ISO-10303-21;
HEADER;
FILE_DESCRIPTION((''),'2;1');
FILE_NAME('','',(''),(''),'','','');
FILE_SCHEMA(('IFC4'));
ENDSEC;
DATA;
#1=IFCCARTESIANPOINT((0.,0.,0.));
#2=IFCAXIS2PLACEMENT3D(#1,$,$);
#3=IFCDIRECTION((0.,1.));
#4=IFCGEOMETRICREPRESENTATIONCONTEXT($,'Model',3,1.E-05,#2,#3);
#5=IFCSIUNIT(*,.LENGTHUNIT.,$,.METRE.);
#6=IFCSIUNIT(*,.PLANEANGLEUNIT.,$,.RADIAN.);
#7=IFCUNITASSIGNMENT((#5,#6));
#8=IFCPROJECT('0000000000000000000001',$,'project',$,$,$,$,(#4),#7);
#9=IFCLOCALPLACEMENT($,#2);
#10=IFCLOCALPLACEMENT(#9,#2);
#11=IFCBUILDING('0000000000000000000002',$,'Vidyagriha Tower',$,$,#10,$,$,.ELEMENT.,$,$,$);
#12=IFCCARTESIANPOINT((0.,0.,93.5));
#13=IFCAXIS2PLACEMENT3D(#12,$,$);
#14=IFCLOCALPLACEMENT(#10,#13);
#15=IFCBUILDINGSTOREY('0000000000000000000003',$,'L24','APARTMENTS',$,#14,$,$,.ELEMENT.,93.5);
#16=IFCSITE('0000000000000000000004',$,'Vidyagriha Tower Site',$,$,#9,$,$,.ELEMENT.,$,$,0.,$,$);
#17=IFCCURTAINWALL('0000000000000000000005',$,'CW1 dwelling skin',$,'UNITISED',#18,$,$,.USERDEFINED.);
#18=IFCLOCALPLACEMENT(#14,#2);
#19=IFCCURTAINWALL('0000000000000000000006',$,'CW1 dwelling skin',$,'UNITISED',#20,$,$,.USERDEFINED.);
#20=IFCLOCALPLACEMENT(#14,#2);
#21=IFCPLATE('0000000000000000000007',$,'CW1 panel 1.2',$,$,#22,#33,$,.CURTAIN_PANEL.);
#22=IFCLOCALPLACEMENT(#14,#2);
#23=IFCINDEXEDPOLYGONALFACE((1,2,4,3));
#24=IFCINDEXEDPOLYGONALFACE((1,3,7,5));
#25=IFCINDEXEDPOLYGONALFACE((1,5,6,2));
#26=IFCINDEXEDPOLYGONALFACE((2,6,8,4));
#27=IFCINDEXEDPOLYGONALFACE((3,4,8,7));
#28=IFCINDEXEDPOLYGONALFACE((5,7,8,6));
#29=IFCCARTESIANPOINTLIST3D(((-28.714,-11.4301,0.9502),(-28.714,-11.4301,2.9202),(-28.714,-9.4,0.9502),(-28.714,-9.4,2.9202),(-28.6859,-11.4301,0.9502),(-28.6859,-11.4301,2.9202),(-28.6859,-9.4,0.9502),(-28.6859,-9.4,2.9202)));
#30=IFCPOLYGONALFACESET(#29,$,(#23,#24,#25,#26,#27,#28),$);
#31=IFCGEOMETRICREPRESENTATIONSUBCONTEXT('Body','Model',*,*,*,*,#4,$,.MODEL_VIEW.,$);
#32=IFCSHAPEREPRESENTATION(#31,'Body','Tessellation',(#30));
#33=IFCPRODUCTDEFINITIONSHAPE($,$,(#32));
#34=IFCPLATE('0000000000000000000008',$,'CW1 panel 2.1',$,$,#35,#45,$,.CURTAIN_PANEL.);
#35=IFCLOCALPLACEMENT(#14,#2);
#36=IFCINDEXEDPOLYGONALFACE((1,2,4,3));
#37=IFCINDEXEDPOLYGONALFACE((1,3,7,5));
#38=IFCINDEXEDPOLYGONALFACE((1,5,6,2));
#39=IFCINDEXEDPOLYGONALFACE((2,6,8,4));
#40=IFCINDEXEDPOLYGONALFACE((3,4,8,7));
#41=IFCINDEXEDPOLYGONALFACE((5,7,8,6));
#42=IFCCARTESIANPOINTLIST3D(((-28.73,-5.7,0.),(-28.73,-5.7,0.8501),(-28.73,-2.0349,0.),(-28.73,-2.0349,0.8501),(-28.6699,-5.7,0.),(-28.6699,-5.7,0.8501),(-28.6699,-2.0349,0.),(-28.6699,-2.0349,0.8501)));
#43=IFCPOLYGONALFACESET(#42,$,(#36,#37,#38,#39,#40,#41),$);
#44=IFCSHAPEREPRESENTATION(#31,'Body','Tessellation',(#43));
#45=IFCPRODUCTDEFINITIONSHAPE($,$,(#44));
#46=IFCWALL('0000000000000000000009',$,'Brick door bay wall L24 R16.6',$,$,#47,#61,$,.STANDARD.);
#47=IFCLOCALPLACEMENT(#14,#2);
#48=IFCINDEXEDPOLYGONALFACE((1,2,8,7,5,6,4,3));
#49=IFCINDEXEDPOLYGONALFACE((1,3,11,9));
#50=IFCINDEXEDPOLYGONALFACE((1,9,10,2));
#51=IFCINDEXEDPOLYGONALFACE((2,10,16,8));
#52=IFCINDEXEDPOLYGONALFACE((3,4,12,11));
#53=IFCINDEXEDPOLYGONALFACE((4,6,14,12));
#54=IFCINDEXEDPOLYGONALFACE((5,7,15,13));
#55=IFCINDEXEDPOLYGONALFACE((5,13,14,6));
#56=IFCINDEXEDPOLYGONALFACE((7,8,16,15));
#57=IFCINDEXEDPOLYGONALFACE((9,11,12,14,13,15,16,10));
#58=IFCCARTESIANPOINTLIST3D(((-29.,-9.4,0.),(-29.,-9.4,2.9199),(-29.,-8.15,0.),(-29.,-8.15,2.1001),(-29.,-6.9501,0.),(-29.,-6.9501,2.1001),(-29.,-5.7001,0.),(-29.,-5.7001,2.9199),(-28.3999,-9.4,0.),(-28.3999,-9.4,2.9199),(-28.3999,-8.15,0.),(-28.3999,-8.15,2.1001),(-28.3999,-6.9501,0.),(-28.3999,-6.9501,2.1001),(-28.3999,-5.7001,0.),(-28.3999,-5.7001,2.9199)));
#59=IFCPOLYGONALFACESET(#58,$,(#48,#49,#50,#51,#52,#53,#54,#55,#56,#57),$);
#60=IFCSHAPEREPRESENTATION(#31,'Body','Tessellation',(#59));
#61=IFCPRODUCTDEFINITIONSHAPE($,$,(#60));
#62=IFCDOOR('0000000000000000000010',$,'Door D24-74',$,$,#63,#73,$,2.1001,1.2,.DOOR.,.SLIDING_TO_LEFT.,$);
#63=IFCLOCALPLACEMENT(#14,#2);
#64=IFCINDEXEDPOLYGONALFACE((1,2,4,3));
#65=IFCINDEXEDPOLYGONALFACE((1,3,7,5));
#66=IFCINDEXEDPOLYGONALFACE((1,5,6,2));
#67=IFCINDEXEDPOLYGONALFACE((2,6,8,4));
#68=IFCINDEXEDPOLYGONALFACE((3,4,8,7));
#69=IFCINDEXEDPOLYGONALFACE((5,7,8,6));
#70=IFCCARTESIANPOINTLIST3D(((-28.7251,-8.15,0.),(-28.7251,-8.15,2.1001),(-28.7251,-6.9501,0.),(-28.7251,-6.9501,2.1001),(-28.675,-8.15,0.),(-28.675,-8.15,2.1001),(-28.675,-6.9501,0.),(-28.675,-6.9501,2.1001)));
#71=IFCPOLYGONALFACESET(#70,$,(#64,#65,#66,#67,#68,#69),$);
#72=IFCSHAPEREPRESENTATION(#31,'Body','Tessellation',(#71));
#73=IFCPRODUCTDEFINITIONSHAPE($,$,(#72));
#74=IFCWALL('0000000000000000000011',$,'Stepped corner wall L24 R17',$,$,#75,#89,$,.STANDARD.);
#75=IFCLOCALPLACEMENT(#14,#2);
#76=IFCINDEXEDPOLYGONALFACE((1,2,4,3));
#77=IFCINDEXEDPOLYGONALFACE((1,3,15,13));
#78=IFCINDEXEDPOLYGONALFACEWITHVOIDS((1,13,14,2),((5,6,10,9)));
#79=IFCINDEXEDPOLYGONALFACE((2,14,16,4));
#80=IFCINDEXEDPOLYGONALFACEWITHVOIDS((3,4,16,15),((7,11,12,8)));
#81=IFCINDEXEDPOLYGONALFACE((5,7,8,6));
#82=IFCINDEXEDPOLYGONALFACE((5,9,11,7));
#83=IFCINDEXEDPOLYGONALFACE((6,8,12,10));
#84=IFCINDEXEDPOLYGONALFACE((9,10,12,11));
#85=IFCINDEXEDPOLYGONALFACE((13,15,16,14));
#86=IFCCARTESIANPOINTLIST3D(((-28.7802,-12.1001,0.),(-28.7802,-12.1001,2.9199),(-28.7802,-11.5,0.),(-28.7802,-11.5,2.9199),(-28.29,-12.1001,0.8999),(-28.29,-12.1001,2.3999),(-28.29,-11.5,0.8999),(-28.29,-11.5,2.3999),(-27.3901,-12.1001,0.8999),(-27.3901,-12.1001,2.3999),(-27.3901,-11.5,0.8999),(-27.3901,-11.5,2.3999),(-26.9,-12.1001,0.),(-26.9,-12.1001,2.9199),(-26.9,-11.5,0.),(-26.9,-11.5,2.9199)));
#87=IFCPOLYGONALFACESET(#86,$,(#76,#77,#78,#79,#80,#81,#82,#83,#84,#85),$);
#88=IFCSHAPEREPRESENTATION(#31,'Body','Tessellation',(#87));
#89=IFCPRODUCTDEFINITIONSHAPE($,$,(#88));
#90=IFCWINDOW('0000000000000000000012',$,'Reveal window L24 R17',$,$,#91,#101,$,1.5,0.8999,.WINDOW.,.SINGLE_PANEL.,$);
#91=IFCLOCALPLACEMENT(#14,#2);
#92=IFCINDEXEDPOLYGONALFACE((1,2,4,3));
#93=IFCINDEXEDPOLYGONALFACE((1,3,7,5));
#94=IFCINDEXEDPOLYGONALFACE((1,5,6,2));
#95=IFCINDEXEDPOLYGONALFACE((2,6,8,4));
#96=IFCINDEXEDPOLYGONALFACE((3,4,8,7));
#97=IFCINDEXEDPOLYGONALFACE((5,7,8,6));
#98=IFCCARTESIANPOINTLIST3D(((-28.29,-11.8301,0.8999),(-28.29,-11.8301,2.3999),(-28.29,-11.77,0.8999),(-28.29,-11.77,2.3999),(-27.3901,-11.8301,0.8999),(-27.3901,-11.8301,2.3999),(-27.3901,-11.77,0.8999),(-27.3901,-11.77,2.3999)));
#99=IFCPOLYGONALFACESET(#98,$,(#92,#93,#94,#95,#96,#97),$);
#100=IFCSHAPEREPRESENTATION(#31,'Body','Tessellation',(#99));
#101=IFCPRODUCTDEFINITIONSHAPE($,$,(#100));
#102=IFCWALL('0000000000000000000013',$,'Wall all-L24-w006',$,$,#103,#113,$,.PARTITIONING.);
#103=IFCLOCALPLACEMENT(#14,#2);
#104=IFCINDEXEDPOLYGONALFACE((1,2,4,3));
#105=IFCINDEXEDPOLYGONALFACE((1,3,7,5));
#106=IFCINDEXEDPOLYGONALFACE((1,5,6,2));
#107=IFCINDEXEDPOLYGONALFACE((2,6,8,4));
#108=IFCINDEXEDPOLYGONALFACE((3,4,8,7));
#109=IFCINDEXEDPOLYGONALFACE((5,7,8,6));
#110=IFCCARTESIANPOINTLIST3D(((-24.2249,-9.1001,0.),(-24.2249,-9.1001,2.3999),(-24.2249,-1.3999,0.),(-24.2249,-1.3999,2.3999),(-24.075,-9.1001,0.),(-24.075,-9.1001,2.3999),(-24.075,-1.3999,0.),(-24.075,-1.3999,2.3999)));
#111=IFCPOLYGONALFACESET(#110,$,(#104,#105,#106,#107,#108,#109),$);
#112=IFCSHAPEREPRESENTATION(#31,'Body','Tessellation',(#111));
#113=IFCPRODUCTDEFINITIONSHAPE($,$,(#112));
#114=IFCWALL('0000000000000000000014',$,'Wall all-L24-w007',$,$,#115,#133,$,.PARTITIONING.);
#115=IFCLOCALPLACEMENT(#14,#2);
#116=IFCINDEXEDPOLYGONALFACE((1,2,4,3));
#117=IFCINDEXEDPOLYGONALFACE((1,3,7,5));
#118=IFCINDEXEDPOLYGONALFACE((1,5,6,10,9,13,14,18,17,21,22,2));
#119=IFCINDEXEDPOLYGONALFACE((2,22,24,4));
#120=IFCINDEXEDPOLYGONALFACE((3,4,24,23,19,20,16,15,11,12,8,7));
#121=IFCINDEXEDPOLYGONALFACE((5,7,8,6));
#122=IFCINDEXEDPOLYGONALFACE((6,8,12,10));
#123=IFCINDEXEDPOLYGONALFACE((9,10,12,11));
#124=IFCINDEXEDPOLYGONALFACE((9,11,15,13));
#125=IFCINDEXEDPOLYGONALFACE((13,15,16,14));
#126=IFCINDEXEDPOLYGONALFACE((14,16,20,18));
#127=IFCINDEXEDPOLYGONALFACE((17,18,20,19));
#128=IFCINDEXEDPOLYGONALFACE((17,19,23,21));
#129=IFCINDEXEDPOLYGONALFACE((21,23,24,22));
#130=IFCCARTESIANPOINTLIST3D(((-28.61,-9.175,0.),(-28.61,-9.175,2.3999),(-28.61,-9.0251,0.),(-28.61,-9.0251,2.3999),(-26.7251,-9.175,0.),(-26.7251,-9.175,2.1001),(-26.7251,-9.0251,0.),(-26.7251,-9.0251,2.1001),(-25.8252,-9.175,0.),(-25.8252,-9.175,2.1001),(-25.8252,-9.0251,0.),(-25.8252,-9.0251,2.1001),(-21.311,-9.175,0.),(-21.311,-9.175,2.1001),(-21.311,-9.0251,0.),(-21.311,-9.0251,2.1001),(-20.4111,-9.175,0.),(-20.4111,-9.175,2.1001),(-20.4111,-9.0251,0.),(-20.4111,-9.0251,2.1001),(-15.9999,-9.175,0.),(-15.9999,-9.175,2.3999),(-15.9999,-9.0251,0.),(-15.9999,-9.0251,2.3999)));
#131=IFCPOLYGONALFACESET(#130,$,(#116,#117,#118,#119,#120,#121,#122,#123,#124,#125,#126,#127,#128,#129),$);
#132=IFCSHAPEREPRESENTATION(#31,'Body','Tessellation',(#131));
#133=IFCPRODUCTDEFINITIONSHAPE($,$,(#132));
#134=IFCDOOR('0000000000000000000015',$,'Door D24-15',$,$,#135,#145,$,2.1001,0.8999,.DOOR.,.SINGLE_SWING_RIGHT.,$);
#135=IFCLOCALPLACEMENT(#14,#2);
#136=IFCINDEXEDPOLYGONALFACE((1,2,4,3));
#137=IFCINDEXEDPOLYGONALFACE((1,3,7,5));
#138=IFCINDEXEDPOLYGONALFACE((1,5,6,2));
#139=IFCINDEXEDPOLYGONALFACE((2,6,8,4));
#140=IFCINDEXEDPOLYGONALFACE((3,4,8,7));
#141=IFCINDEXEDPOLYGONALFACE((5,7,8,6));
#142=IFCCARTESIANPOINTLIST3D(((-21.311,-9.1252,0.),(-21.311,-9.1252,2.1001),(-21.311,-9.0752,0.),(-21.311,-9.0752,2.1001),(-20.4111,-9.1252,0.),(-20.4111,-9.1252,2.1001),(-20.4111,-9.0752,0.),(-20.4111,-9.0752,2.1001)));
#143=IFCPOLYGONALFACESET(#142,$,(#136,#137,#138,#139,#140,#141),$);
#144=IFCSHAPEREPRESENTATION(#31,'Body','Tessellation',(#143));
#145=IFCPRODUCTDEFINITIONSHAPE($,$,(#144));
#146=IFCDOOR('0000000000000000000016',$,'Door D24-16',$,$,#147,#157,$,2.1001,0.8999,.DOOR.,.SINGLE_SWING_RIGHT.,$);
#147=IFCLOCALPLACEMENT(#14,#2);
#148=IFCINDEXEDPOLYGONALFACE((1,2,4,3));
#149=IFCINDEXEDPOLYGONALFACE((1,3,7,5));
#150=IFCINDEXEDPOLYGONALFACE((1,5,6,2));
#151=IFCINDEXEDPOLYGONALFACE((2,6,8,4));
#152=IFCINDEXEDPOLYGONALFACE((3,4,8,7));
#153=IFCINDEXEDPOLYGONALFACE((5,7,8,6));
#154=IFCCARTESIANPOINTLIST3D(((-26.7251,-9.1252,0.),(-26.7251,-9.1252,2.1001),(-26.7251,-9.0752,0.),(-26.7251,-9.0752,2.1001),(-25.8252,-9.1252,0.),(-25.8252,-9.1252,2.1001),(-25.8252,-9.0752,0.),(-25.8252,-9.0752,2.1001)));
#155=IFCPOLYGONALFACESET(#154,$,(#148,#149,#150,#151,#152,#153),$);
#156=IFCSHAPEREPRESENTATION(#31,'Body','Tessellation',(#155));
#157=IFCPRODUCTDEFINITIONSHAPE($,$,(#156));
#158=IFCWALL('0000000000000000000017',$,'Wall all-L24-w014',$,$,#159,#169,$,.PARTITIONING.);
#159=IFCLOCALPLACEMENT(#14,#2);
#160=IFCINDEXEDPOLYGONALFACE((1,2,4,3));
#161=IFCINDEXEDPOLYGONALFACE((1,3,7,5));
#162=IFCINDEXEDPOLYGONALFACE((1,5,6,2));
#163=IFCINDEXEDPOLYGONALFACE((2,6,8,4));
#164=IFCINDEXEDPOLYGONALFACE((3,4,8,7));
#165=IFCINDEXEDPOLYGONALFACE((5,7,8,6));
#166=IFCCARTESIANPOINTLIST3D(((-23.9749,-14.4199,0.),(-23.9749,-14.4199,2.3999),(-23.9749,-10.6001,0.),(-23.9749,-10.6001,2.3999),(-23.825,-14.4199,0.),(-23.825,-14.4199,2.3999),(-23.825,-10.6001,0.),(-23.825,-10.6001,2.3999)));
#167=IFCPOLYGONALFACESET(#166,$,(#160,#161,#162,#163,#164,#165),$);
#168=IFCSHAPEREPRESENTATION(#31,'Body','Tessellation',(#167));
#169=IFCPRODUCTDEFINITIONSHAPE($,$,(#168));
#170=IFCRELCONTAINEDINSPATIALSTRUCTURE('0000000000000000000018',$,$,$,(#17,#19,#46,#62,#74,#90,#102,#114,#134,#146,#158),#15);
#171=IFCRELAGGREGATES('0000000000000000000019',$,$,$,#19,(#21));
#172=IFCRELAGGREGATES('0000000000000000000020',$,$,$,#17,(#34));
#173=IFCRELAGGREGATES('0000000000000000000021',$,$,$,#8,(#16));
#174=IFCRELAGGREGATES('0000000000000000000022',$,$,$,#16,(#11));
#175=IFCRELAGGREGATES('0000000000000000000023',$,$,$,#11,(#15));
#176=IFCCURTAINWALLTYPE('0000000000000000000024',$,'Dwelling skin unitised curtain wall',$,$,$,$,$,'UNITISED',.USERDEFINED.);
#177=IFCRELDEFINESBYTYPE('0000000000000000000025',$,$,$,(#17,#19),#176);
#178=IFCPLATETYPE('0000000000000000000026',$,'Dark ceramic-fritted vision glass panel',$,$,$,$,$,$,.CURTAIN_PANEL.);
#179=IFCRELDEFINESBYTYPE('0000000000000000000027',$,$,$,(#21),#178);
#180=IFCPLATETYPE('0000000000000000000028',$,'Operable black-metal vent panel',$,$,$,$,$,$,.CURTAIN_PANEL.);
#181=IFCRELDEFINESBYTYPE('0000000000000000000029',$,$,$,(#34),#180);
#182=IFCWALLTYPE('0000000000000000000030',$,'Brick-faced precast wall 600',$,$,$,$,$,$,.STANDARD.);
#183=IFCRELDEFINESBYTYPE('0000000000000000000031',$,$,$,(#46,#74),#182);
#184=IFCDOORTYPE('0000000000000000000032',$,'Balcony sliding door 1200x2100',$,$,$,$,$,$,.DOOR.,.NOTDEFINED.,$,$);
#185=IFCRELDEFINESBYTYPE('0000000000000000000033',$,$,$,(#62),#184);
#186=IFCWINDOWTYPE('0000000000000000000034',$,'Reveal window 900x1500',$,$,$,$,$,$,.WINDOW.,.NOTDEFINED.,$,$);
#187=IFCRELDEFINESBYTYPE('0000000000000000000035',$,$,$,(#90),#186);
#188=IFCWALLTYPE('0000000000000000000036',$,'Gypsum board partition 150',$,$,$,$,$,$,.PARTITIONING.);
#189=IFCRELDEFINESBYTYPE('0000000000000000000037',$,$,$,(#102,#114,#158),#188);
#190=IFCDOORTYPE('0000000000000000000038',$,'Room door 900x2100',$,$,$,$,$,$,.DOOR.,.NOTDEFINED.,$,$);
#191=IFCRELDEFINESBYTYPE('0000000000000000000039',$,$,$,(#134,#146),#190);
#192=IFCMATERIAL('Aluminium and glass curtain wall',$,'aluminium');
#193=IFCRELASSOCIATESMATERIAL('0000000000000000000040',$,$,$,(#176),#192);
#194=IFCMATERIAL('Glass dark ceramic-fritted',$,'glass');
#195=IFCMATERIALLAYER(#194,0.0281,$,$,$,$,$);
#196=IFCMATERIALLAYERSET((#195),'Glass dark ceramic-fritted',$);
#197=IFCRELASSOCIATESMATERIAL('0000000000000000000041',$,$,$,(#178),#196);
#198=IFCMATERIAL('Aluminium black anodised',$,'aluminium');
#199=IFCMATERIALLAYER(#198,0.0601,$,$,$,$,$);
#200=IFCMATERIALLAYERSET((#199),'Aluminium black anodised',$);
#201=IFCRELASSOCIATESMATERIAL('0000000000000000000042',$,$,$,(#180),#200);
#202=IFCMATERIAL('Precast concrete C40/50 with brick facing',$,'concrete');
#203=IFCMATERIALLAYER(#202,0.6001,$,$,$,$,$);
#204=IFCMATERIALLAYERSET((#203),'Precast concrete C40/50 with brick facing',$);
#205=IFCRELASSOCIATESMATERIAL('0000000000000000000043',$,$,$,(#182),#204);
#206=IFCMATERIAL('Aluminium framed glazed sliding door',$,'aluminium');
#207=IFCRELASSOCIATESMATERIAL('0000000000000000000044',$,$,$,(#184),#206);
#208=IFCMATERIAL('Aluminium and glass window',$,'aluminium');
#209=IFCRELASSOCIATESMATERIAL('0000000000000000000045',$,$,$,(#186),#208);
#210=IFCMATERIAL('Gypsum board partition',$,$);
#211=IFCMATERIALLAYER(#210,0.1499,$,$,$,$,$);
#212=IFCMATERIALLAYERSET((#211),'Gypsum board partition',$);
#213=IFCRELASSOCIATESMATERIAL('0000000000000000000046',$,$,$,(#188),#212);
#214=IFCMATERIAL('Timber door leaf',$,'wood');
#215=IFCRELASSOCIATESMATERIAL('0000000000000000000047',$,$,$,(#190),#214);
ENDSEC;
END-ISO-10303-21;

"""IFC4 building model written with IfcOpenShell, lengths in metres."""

from ifc_helpers import new_model, si_unit, direction, frame, frame_2d, origin, origin_2d, place, context, subcontext, project, spatial, rectangle, extrude, material, layer, layer_set, type_object, element, fill, aggregate, save


model = new_model("IFC4")

# Units and contexts
model_context = context("Model", 3, precision=1e-05, world=origin(), true_north=direction((0.0, 1.0)))
body_context = subcontext(model_context, "Body", "Model", "MODEL_VIEW")
ifc_project = project(units=[si_unit("LENGTHUNIT", "METRE"), si_unit("PLANEANGLEUNIT", "RADIAN")], contexts=[model_context])

# Site, building, storey
site_placement = place(None, origin())
site = spatial("IfcSite", under=ifc_project, at=site_placement, Name="Vidyagriha Tower Site", CompositionType="ELEMENT", RefElevation=0.0)
building_placement = place(site_placement, origin())
building = spatial("IfcBuilding", under=site, at=building_placement, Name="Vidyagriha Tower", CompositionType="ELEMENT")
storey_placement = place(building_placement, frame((0.0, 0.0, 93.5)))
storey = spatial("IfcBuildingStorey", under=building, at=storey_placement, Name="L24", Description="APARTMENTS", CompositionType="ELEMENT", Elevation=93.5)

# Curtain walls
ifc_material_1 = material(Name="Aluminium and glass curtain wall", Category="aluminium")
curtain_wall_type = type_object("IfcCurtainWallType", Name="Dwelling skin unitised curtain wall", ElementType="UNITISED", PredefinedType="USERDEFINED", material=ifc_material_1)
curtain_wall_1_placement = place(storey_placement, origin())
curtain_wall_1 = element("IfcCurtainWall", 1, at=curtain_wall_1_placement, inside=storey, type_object=curtain_wall_type, Name="CW1 dwelling skin", ObjectType="UNITISED", PredefinedType="USERDEFINED")
curtain_wall_2_placement = place(storey_placement, origin())
curtain_wall_2 = element("IfcCurtainWall", 2, at=curtain_wall_2_placement, inside=storey, type_object=curtain_wall_type, Name="CW1 dwelling skin", ObjectType="UNITISED", PredefinedType="USERDEFINED")

# Plates
ifc_material_2 = material(Name="Glass dark ceramic-fritted", Category="glass")
ifc_layer_1 = layer(ifc_material_2, 0.0281)
ifc_layer_set_1 = layer_set([ifc_layer_1], Name="Glass dark ceramic-fritted")
plate_type_1 = type_object("IfcPlateType", Name="Dark ceramic-fritted vision glass panel", PredefinedType="CURTAIN_PANEL", material=ifc_layer_set_1)
plate_1_placement = place(storey_placement, frame((-28.7, -10.415, 0.9502), z_axis=(0.0, 0.0, 1.0), x_axis=(0.0, -1.0, 0.0)))
plate_1 = element("IfcPlate", 3, at=plate_1_placement, type_object=plate_type_1, Name="CW1 panel 1.2", PredefinedType="CURTAIN_PANEL", context=body_context, shape_type="SweptSolid", body=[
    extrude(rectangle(XDim=2.03, YDim=0.0281, at=origin_2d()), origin(), (0.0, 0.0, 1.0), 1.97),
])
aggregate(curtain_wall_2, [plate_1])
ifc_material_3 = material(Name="Aluminium black anodised", Category="aluminium")
ifc_layer_2 = layer(ifc_material_3, 0.0601)
ifc_layer_set_2 = layer_set([ifc_layer_2], Name="Aluminium black anodised")
plate_type_2 = type_object("IfcPlateType", Name="Operable black-metal vent panel", PredefinedType="CURTAIN_PANEL", material=ifc_layer_set_2)
plate_2_placement = place(storey_placement, frame((-28.7, -3.8674, 0.0), z_axis=(0.0, 0.0, 1.0), x_axis=(0.0, -1.0, 0.0)))
plate_2 = element("IfcPlate", 4, at=plate_2_placement, type_object=plate_type_2, Name="CW1 panel 2.1", PredefinedType="CURTAIN_PANEL", context=body_context, shape_type="SweptSolid", body=[
    extrude(rectangle(XDim=3.665, YDim=0.0601, at=origin_2d()), origin(), (0.0, 0.0, 1.0), 0.8501),
])
aggregate(curtain_wall_1, [plate_2])

# Wall, opening, door
ifc_material_4 = material(Name="Precast concrete C40/50 with brick facing", Category="concrete")
ifc_layer_3 = layer(ifc_material_4, 0.6001)
ifc_layer_set_3 = layer_set([ifc_layer_3], Name="Precast concrete C40/50 with brick facing")
wall_type_1 = type_object("IfcWallType", Name="Brick-faced precast wall 600", PredefinedType="STANDARD", material=ifc_layer_set_3)
wall_1_placement = place(storey_placement, frame((-28.7, -5.7, 0.0), z_axis=(0.0, 0.0, 1.0), x_axis=(0.0, -1.0, 0.0)))
wall_1 = element("IfcWall", 5, at=wall_1_placement, inside=storey, type_object=wall_type_1, Name="Brick door bay wall L24 R16.6", PredefinedType="STANDARD", context=body_context, shape_type="SweptSolid", body=[
    extrude(rectangle(XDim=3.7, YDim=0.6001, at=frame_2d((1.8501, 0.0))), origin(), (0.0, 0.0, 1.0), 2.9199),
])
opening_1_placement = place(wall_1_placement, frame((1.25, 0.0, 0.0)))
opening_1 = element("IfcOpeningElement", 6, at=opening_1_placement, cuts=wall_1, PredefinedType="OPENING", context=body_context, shape_type="SweptSolid", body=[
    extrude(rectangle(XDim=1.2, YDim=2.1001, at=frame_2d((0.6001, 1.05))), frame((0.0, 0.3101, 0.0), z_axis=(0.0, -1.0, 0.0), x_axis=(1.0, 0.0, 0.0)), (0.0, 0.0, 1.0), 0.6201),
])
ifc_material_5 = material(Name="Aluminium framed glazed sliding door", Category="aluminium")
door_type_1 = type_object("IfcDoorType", Name="Balcony sliding door 1200x2100", OperationType="NOTDEFINED", PredefinedType="DOOR", material=ifc_material_5)
door_1_placement = place(opening_1_placement, origin())
door_1 = element("IfcDoor", 7, at=door_1_placement, inside=storey, type_object=door_type_1, Name="Door D24-74", OperationType="SLIDING_TO_LEFT", OverallHeight=2.1001, OverallWidth=1.2, PredefinedType="DOOR", context=body_context, shape_type="SweptSolid", body=[
    extrude(rectangle(XDim=1.2, YDim=2.1001, at=frame_2d((0.6001, 1.05))), frame((0.0, 0.0249, 0.0), z_axis=(0.0, -1.0, 0.0), x_axis=(1.0, 0.0, 0.0)), (0.0, 0.0, 1.0), 0.05),
])
fill(opening_1, door_1)

# Wall, opening, window
wall_2_placement = place(storey_placement, frame((-28.78, -11.8, 0.0)))
wall_2 = element("IfcWall", 8, at=wall_2_placement, inside=storey, type_object=wall_type_1, Name="Stepped corner wall L24 R17", PredefinedType="STANDARD", context=body_context, shape_type="SweptSolid", body=[
    extrude(rectangle(XDim=1.8801, YDim=0.6001, at=frame_2d((0.9399, 0.0))), origin(), (0.0, 0.0, 1.0), 2.9199),
])
opening_2_placement = place(wall_2_placement, frame((0.49, 0.0, 0.8999)))
opening_2 = element("IfcOpeningElement", 9, at=opening_2_placement, cuts=wall_2, PredefinedType="OPENING", context=body_context, shape_type="SweptSolid", body=[
    extrude(rectangle(XDim=0.8999, YDim=1.5, at=frame_2d((0.45, 0.75))), frame((0.0, 0.3101, 0.0), z_axis=(0.0, -1.0, 0.0), x_axis=(1.0, 0.0, 0.0)), (0.0, 0.0, 1.0), 0.6201),
])
ifc_material_6 = material(Name="Aluminium and glass window", Category="aluminium")
window_type = type_object("IfcWindowType", Name="Reveal window 900x1500", PartitioningType="NOTDEFINED", PredefinedType="WINDOW", material=ifc_material_6)
window_placement = place(opening_2_placement, origin())
window = element("IfcWindow", 10, at=window_placement, inside=storey, type_object=window_type, Name="Reveal window L24 R17", OverallHeight=1.5, OverallWidth=0.8999, PartitioningType="SINGLE_PANEL", PredefinedType="WINDOW", context=body_context, shape_type="SweptSolid", body=[
    extrude(rectangle(XDim=0.8999, YDim=1.5, at=frame_2d((0.45, 0.75))), frame((0.0, 0.03, 0.0), z_axis=(0.0, -1.0, 0.0), x_axis=(1.0, 0.0, 0.0)), (0.0, 0.0, 1.0), 0.0601),
])
fill(opening_2, window)

# Wall
ifc_material_7 = material(Name="Gypsum board partition")
ifc_layer_4 = layer(ifc_material_7, 0.1499)
ifc_layer_set_4 = layer_set([ifc_layer_4], Name="Gypsum board partition")
wall_type_2 = type_object("IfcWallType", Name="Gypsum board partition 150", PredefinedType="PARTITIONING", material=ifc_layer_set_4)
wall_3_placement = place(storey_placement, frame((-24.1499, -9.1001, 0.0), z_axis=(0.0, 0.0, 1.0), x_axis=(0.0, 1.0, 0.0)))
element("IfcWall", 11, at=wall_3_placement, inside=storey, type_object=wall_type_2, Name="Wall all-L24-w006", PredefinedType="PARTITIONING", context=body_context, shape_type="SweptSolid", body=[
    extrude(rectangle(XDim=7.7002, YDim=0.1499, at=frame_2d((3.8501, 0.0))), origin(), (0.0, 0.0, 1.0), 2.3999),
])

# Wall, openings, doors
wall_4_placement = place(storey_placement, frame((-28.6101, -9.1001, 0.0)))
wall_4 = element("IfcWall", 12, at=wall_4_placement, inside=storey, type_object=wall_type_2, Name="Wall all-L24-w007", PredefinedType="PARTITIONING", context=body_context, shape_type="SweptSolid", body=[
    extrude(rectangle(XDim=12.6101, YDim=0.1499, at=frame_2d((6.3052, 0.0))), origin(), (0.0, 0.0, 1.0), 2.3999),
])
opening_3_placement = place(wall_4_placement, frame((7.2991, 0.0, 0.0)))
opening_3 = element("IfcOpeningElement", 13, at=opening_3_placement, cuts=wall_4, PredefinedType="OPENING", context=body_context, shape_type="SweptSolid", body=[
    extrude(rectangle(XDim=0.8999, YDim=2.1001, at=frame_2d((0.45, 1.05))), frame((0.0, 0.085, 0.0), z_axis=(0.0, -1.0, 0.0), x_axis=(1.0, 0.0, 0.0)), (0.0, 0.0, 1.0), 0.1699),
])
opening_4_placement = place(wall_4_placement, frame((1.885, 0.0, 0.0)))
opening_4 = element("IfcOpeningElement", 14, at=opening_4_placement, cuts=wall_4, PredefinedType="OPENING", context=body_context, shape_type="SweptSolid", body=[
    extrude(rectangle(XDim=0.8999, YDim=2.1001, at=frame_2d((0.45, 1.05))), frame((0.0, 0.085, 0.0), z_axis=(0.0, -1.0, 0.0), x_axis=(1.0, 0.0, 0.0)), (0.0, 0.0, 1.0), 0.1699),
])
ifc_material_8 = material(Name="Timber door leaf", Category="wood")
door_type_2 = type_object("IfcDoorType", Name="Room door 900x2100", OperationType="NOTDEFINED", PredefinedType="DOOR", material=ifc_material_8)
door_2_placement = place(opening_3_placement, origin())
door_2 = element("IfcDoor", 15, at=door_2_placement, inside=storey, type_object=door_type_2, Name="Door D24-15", OperationType="SINGLE_SWING_RIGHT", OverallHeight=2.1001, OverallWidth=0.8999, PredefinedType="DOOR", context=body_context, shape_type="SweptSolid", body=[
    extrude(rectangle(XDim=0.8999, YDim=2.1001, at=frame_2d((0.45, 1.05))), frame((0.0, 0.0249, 0.0), z_axis=(0.0, -1.0, 0.0), x_axis=(1.0, 0.0, 0.0)), (0.0, 0.0, 1.0), 0.05),
])
fill(opening_3, door_2)
door_3_placement = place(opening_4_placement, origin())
door_3 = element("IfcDoor", 16, at=door_3_placement, inside=storey, type_object=door_type_2, Name="Door D24-16", OperationType="SINGLE_SWING_RIGHT", OverallHeight=2.1001, OverallWidth=0.8999, PredefinedType="DOOR", context=body_context, shape_type="SweptSolid", body=[
    extrude(rectangle(XDim=0.8999, YDim=2.1001, at=frame_2d((0.45, 1.05))), frame((0.0, 0.0249, 0.0), z_axis=(0.0, -1.0, 0.0), x_axis=(1.0, 0.0, 0.0)), (0.0, 0.0, 1.0), 0.05),
])
fill(opening_4, door_3)

# Wall
wall_5_placement = place(storey_placement, frame((-23.8999, -10.6001, 0.0), z_axis=(0.0, 0.0, 1.0), x_axis=(0.0, -1.0, 0.0)))
element("IfcWall", 17, at=wall_5_placement, inside=storey, type_object=wall_type_2, Name="Wall all-L24-w014", PredefinedType="PARTITIONING", context=body_context, shape_type="SweptSolid", body=[
    extrude(rectangle(XDim=3.8198, YDim=0.1499, at=frame_2d((1.9099, 0.0))), origin(), (0.0, 0.0, 1.0), 2.3999),
])

save(model, "model.ifc")
